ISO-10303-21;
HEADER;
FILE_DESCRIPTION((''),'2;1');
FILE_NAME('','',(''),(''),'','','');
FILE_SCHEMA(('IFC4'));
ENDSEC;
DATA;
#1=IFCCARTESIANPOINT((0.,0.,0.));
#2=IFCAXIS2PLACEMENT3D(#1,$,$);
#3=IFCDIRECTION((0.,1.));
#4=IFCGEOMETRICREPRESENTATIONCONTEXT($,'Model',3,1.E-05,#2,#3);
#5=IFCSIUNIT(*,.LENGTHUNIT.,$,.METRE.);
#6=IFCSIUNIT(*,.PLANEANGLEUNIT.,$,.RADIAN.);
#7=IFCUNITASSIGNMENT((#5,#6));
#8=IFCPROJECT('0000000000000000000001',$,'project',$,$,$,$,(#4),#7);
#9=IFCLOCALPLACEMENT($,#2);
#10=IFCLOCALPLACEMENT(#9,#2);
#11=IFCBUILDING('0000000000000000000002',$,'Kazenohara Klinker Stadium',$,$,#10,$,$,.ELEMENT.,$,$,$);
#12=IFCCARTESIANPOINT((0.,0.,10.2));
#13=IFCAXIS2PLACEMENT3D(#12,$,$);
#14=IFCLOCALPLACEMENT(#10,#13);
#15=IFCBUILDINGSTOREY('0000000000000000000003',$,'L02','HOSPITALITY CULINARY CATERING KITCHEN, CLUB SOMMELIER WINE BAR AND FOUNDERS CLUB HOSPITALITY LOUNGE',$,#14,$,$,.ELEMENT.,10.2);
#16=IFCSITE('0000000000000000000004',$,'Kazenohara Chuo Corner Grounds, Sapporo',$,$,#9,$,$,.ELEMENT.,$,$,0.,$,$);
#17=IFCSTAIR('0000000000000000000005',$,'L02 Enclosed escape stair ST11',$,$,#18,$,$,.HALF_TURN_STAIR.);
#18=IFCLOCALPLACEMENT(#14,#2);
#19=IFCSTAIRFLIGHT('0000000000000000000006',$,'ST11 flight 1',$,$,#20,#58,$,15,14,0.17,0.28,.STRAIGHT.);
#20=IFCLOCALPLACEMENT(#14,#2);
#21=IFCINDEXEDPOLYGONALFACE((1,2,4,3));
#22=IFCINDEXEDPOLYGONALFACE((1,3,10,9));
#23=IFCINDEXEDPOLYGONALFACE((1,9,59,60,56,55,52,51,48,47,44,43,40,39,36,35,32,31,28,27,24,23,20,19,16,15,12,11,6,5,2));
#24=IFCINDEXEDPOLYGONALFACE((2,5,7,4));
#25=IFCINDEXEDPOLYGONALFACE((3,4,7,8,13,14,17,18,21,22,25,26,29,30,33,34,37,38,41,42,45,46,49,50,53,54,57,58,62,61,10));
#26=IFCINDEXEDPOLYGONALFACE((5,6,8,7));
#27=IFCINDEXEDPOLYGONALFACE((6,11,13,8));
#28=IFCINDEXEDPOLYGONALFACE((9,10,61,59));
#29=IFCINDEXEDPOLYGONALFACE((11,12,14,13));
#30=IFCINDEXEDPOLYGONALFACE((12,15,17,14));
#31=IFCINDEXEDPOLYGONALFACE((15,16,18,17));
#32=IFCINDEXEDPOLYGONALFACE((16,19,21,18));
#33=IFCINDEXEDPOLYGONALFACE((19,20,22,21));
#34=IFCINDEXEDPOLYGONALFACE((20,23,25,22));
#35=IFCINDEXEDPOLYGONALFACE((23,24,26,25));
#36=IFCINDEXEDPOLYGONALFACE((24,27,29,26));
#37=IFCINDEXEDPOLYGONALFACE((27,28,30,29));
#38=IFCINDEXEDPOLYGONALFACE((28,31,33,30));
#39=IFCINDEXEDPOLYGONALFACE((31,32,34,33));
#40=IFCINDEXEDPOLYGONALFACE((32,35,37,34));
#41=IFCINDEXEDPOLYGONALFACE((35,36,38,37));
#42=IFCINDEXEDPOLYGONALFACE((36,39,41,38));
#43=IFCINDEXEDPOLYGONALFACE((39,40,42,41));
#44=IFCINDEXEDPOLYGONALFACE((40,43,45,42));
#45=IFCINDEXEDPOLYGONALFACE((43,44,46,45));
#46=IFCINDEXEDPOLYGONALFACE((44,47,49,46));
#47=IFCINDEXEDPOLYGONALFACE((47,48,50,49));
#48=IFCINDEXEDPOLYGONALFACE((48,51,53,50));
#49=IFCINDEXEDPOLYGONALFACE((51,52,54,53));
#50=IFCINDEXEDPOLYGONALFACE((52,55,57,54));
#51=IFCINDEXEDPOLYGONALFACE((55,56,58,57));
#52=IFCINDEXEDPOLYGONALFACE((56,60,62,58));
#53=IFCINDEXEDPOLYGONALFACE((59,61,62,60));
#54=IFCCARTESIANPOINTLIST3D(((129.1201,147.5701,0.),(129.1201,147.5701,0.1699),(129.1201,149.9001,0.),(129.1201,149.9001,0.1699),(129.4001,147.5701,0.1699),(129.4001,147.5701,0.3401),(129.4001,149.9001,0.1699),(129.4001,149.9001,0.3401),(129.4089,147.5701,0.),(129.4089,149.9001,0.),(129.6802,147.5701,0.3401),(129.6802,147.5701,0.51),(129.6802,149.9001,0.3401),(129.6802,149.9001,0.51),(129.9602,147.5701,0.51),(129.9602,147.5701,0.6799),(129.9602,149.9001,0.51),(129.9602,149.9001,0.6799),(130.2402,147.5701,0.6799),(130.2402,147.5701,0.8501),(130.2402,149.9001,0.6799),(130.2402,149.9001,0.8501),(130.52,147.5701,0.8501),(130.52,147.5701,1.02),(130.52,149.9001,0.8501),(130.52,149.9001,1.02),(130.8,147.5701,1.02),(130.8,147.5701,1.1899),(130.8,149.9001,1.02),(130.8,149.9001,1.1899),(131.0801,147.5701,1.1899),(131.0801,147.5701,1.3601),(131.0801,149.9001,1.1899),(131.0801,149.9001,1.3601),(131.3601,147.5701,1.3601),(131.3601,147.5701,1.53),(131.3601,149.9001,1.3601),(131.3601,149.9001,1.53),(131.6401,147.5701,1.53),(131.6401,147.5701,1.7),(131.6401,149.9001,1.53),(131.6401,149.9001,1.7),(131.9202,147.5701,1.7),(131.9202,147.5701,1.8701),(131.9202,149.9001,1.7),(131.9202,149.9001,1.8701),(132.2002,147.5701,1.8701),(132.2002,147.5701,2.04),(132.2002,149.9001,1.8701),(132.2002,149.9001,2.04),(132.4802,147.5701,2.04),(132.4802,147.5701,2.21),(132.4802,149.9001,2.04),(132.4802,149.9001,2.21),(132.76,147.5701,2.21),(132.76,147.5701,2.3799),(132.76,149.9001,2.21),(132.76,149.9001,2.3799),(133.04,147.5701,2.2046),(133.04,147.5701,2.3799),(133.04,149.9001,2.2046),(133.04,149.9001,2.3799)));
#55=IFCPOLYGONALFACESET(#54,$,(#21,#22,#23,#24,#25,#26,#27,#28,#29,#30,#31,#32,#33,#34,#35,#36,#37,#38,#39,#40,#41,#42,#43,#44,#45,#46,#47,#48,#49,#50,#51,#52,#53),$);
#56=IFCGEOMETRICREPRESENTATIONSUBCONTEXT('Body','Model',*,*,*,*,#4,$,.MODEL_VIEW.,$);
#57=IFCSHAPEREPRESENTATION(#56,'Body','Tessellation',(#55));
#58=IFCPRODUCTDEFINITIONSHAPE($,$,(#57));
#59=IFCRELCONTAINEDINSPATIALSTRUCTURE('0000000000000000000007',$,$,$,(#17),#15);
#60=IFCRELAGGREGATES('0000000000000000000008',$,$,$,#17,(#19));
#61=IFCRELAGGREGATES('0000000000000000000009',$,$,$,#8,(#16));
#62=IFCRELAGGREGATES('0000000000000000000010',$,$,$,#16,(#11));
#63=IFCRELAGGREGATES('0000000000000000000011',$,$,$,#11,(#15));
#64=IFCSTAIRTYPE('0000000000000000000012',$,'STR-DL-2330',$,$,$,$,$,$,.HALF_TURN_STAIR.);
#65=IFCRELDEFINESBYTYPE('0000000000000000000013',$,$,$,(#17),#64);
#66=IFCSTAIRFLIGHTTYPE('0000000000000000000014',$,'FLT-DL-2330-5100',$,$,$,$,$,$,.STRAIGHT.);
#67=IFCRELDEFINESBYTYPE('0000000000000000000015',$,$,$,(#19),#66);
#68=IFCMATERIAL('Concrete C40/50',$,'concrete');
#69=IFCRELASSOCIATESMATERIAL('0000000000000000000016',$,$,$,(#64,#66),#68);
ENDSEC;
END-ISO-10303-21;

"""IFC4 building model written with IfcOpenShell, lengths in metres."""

from ifc_helpers import new_model, si_unit, direction, frame, origin, place, context, subcontext, project, spatial, polyline, outline, extrude, material, type_object, element, aggregate, save


model = new_model("IFC4")

# Units and contexts
model_context = context("Model", 3, precision=1e-05, world=origin(), true_north=direction((0.0, 1.0)))
body_context = subcontext(model_context, "Body", "Model", "MODEL_VIEW")
ifc_project = project(units=[si_unit("LENGTHUNIT", "METRE"), si_unit("PLANEANGLEUNIT", "RADIAN")], contexts=[model_context])

# Site, building, storey
site_placement = place(None, origin())
site = spatial("IfcSite", under=ifc_project, at=site_placement, Name="Kazenohara Chuo Corner Grounds, Sapporo", CompositionType="ELEMENT", RefElevation=0.0)
building_placement = place(site_placement, origin())
building = spatial("IfcBuilding", under=site, at=building_placement, Name="Kazenohara Klinker Stadium", CompositionType="ELEMENT")
storey_placement = place(building_placement, frame((0.0, 0.0, 10.2)))
storey = spatial("IfcBuildingStorey", under=building, at=storey_placement, Name="L02", Description="HOSPITALITY CULINARY CATERING KITCHEN, CLUB SOMMELIER WINE BAR AND FOUNDERS CLUB HOSPITALITY LOUNGE", CompositionType="ELEMENT", Elevation=10.2)

# Shared definitions
ifc_material_1 = material(Name="Concrete C40/50", Category="concrete")

# Stair, stair flight
stair_type = type_object("IfcStairType", Name="STR-DL-2330", PredefinedType="HALF_TURN_STAIR", material=ifc_material_1)
stair_placement = place(storey_placement, origin())
stair = element("IfcStair", 1, at=stair_placement, inside=storey, type_object=stair_type, Name="L02 Enclosed escape stair ST11", PredefinedType="HALF_TURN_STAIR")
stair_flight_type = type_object("IfcStairFlightType", Name="FLT-DL-2330-5100", PredefinedType="STRAIGHT", material=ifc_material_1)
stair_flight_placement = place(storey_placement, frame((129.1201, 148.7351, 0.0), z_axis=(0.0, 0.0, 1.0), x_axis=(1.0, 0.0, 0.0)))
stair_flight = element("IfcStairFlight", 2, at=stair_flight_placement, type_object=stair_flight_type, Name="ST11 flight 1", NumberOfRisers=15, NumberOfTreads=14, PredefinedType="STRAIGHT", RiserHeight=0.17, TreadLength=0.28, context=body_context, shape_type="SweptSolid", body=[
    extrude(outline(polyline([(0.0, 0.0), (0.0, 0.1699), (0.28, 0.1699), (0.28, 0.3401), (0.5601, 0.3401), (0.5601, 0.51), (0.8401, 0.51), (0.8401, 0.6799), (1.1201, 0.6799), (1.1201, 0.8501), (1.3999, 0.8501), (1.3999, 1.02), (1.6799, 1.02), (1.6799, 1.1899), (1.96, 1.1899), (1.96, 1.3601), (2.24, 1.3601), (2.24, 1.53), (2.52, 1.53), (2.52, 1.7), (2.8, 1.7), (2.8, 1.8701), (3.0801, 1.8701), (3.0801, 2.04), (3.3601, 2.04), (3.3601, 2.21), (3.6399, 2.21), (3.6399, 2.3799), (3.9199, 2.3799), (3.9199, 2.55), (3.9199, 2.2046), (0.2888, 0.0), (0.0, 0.0)])), frame((0.0, 1.165, 0.0), z_axis=(0.0, -1.0, 0.0), x_axis=(1.0, 0.0, 0.0)), (0.0, 0.0, 1.0), 2.3301),
])
aggregate(stair, [stair_flight])

save(model, "model.ifc")
